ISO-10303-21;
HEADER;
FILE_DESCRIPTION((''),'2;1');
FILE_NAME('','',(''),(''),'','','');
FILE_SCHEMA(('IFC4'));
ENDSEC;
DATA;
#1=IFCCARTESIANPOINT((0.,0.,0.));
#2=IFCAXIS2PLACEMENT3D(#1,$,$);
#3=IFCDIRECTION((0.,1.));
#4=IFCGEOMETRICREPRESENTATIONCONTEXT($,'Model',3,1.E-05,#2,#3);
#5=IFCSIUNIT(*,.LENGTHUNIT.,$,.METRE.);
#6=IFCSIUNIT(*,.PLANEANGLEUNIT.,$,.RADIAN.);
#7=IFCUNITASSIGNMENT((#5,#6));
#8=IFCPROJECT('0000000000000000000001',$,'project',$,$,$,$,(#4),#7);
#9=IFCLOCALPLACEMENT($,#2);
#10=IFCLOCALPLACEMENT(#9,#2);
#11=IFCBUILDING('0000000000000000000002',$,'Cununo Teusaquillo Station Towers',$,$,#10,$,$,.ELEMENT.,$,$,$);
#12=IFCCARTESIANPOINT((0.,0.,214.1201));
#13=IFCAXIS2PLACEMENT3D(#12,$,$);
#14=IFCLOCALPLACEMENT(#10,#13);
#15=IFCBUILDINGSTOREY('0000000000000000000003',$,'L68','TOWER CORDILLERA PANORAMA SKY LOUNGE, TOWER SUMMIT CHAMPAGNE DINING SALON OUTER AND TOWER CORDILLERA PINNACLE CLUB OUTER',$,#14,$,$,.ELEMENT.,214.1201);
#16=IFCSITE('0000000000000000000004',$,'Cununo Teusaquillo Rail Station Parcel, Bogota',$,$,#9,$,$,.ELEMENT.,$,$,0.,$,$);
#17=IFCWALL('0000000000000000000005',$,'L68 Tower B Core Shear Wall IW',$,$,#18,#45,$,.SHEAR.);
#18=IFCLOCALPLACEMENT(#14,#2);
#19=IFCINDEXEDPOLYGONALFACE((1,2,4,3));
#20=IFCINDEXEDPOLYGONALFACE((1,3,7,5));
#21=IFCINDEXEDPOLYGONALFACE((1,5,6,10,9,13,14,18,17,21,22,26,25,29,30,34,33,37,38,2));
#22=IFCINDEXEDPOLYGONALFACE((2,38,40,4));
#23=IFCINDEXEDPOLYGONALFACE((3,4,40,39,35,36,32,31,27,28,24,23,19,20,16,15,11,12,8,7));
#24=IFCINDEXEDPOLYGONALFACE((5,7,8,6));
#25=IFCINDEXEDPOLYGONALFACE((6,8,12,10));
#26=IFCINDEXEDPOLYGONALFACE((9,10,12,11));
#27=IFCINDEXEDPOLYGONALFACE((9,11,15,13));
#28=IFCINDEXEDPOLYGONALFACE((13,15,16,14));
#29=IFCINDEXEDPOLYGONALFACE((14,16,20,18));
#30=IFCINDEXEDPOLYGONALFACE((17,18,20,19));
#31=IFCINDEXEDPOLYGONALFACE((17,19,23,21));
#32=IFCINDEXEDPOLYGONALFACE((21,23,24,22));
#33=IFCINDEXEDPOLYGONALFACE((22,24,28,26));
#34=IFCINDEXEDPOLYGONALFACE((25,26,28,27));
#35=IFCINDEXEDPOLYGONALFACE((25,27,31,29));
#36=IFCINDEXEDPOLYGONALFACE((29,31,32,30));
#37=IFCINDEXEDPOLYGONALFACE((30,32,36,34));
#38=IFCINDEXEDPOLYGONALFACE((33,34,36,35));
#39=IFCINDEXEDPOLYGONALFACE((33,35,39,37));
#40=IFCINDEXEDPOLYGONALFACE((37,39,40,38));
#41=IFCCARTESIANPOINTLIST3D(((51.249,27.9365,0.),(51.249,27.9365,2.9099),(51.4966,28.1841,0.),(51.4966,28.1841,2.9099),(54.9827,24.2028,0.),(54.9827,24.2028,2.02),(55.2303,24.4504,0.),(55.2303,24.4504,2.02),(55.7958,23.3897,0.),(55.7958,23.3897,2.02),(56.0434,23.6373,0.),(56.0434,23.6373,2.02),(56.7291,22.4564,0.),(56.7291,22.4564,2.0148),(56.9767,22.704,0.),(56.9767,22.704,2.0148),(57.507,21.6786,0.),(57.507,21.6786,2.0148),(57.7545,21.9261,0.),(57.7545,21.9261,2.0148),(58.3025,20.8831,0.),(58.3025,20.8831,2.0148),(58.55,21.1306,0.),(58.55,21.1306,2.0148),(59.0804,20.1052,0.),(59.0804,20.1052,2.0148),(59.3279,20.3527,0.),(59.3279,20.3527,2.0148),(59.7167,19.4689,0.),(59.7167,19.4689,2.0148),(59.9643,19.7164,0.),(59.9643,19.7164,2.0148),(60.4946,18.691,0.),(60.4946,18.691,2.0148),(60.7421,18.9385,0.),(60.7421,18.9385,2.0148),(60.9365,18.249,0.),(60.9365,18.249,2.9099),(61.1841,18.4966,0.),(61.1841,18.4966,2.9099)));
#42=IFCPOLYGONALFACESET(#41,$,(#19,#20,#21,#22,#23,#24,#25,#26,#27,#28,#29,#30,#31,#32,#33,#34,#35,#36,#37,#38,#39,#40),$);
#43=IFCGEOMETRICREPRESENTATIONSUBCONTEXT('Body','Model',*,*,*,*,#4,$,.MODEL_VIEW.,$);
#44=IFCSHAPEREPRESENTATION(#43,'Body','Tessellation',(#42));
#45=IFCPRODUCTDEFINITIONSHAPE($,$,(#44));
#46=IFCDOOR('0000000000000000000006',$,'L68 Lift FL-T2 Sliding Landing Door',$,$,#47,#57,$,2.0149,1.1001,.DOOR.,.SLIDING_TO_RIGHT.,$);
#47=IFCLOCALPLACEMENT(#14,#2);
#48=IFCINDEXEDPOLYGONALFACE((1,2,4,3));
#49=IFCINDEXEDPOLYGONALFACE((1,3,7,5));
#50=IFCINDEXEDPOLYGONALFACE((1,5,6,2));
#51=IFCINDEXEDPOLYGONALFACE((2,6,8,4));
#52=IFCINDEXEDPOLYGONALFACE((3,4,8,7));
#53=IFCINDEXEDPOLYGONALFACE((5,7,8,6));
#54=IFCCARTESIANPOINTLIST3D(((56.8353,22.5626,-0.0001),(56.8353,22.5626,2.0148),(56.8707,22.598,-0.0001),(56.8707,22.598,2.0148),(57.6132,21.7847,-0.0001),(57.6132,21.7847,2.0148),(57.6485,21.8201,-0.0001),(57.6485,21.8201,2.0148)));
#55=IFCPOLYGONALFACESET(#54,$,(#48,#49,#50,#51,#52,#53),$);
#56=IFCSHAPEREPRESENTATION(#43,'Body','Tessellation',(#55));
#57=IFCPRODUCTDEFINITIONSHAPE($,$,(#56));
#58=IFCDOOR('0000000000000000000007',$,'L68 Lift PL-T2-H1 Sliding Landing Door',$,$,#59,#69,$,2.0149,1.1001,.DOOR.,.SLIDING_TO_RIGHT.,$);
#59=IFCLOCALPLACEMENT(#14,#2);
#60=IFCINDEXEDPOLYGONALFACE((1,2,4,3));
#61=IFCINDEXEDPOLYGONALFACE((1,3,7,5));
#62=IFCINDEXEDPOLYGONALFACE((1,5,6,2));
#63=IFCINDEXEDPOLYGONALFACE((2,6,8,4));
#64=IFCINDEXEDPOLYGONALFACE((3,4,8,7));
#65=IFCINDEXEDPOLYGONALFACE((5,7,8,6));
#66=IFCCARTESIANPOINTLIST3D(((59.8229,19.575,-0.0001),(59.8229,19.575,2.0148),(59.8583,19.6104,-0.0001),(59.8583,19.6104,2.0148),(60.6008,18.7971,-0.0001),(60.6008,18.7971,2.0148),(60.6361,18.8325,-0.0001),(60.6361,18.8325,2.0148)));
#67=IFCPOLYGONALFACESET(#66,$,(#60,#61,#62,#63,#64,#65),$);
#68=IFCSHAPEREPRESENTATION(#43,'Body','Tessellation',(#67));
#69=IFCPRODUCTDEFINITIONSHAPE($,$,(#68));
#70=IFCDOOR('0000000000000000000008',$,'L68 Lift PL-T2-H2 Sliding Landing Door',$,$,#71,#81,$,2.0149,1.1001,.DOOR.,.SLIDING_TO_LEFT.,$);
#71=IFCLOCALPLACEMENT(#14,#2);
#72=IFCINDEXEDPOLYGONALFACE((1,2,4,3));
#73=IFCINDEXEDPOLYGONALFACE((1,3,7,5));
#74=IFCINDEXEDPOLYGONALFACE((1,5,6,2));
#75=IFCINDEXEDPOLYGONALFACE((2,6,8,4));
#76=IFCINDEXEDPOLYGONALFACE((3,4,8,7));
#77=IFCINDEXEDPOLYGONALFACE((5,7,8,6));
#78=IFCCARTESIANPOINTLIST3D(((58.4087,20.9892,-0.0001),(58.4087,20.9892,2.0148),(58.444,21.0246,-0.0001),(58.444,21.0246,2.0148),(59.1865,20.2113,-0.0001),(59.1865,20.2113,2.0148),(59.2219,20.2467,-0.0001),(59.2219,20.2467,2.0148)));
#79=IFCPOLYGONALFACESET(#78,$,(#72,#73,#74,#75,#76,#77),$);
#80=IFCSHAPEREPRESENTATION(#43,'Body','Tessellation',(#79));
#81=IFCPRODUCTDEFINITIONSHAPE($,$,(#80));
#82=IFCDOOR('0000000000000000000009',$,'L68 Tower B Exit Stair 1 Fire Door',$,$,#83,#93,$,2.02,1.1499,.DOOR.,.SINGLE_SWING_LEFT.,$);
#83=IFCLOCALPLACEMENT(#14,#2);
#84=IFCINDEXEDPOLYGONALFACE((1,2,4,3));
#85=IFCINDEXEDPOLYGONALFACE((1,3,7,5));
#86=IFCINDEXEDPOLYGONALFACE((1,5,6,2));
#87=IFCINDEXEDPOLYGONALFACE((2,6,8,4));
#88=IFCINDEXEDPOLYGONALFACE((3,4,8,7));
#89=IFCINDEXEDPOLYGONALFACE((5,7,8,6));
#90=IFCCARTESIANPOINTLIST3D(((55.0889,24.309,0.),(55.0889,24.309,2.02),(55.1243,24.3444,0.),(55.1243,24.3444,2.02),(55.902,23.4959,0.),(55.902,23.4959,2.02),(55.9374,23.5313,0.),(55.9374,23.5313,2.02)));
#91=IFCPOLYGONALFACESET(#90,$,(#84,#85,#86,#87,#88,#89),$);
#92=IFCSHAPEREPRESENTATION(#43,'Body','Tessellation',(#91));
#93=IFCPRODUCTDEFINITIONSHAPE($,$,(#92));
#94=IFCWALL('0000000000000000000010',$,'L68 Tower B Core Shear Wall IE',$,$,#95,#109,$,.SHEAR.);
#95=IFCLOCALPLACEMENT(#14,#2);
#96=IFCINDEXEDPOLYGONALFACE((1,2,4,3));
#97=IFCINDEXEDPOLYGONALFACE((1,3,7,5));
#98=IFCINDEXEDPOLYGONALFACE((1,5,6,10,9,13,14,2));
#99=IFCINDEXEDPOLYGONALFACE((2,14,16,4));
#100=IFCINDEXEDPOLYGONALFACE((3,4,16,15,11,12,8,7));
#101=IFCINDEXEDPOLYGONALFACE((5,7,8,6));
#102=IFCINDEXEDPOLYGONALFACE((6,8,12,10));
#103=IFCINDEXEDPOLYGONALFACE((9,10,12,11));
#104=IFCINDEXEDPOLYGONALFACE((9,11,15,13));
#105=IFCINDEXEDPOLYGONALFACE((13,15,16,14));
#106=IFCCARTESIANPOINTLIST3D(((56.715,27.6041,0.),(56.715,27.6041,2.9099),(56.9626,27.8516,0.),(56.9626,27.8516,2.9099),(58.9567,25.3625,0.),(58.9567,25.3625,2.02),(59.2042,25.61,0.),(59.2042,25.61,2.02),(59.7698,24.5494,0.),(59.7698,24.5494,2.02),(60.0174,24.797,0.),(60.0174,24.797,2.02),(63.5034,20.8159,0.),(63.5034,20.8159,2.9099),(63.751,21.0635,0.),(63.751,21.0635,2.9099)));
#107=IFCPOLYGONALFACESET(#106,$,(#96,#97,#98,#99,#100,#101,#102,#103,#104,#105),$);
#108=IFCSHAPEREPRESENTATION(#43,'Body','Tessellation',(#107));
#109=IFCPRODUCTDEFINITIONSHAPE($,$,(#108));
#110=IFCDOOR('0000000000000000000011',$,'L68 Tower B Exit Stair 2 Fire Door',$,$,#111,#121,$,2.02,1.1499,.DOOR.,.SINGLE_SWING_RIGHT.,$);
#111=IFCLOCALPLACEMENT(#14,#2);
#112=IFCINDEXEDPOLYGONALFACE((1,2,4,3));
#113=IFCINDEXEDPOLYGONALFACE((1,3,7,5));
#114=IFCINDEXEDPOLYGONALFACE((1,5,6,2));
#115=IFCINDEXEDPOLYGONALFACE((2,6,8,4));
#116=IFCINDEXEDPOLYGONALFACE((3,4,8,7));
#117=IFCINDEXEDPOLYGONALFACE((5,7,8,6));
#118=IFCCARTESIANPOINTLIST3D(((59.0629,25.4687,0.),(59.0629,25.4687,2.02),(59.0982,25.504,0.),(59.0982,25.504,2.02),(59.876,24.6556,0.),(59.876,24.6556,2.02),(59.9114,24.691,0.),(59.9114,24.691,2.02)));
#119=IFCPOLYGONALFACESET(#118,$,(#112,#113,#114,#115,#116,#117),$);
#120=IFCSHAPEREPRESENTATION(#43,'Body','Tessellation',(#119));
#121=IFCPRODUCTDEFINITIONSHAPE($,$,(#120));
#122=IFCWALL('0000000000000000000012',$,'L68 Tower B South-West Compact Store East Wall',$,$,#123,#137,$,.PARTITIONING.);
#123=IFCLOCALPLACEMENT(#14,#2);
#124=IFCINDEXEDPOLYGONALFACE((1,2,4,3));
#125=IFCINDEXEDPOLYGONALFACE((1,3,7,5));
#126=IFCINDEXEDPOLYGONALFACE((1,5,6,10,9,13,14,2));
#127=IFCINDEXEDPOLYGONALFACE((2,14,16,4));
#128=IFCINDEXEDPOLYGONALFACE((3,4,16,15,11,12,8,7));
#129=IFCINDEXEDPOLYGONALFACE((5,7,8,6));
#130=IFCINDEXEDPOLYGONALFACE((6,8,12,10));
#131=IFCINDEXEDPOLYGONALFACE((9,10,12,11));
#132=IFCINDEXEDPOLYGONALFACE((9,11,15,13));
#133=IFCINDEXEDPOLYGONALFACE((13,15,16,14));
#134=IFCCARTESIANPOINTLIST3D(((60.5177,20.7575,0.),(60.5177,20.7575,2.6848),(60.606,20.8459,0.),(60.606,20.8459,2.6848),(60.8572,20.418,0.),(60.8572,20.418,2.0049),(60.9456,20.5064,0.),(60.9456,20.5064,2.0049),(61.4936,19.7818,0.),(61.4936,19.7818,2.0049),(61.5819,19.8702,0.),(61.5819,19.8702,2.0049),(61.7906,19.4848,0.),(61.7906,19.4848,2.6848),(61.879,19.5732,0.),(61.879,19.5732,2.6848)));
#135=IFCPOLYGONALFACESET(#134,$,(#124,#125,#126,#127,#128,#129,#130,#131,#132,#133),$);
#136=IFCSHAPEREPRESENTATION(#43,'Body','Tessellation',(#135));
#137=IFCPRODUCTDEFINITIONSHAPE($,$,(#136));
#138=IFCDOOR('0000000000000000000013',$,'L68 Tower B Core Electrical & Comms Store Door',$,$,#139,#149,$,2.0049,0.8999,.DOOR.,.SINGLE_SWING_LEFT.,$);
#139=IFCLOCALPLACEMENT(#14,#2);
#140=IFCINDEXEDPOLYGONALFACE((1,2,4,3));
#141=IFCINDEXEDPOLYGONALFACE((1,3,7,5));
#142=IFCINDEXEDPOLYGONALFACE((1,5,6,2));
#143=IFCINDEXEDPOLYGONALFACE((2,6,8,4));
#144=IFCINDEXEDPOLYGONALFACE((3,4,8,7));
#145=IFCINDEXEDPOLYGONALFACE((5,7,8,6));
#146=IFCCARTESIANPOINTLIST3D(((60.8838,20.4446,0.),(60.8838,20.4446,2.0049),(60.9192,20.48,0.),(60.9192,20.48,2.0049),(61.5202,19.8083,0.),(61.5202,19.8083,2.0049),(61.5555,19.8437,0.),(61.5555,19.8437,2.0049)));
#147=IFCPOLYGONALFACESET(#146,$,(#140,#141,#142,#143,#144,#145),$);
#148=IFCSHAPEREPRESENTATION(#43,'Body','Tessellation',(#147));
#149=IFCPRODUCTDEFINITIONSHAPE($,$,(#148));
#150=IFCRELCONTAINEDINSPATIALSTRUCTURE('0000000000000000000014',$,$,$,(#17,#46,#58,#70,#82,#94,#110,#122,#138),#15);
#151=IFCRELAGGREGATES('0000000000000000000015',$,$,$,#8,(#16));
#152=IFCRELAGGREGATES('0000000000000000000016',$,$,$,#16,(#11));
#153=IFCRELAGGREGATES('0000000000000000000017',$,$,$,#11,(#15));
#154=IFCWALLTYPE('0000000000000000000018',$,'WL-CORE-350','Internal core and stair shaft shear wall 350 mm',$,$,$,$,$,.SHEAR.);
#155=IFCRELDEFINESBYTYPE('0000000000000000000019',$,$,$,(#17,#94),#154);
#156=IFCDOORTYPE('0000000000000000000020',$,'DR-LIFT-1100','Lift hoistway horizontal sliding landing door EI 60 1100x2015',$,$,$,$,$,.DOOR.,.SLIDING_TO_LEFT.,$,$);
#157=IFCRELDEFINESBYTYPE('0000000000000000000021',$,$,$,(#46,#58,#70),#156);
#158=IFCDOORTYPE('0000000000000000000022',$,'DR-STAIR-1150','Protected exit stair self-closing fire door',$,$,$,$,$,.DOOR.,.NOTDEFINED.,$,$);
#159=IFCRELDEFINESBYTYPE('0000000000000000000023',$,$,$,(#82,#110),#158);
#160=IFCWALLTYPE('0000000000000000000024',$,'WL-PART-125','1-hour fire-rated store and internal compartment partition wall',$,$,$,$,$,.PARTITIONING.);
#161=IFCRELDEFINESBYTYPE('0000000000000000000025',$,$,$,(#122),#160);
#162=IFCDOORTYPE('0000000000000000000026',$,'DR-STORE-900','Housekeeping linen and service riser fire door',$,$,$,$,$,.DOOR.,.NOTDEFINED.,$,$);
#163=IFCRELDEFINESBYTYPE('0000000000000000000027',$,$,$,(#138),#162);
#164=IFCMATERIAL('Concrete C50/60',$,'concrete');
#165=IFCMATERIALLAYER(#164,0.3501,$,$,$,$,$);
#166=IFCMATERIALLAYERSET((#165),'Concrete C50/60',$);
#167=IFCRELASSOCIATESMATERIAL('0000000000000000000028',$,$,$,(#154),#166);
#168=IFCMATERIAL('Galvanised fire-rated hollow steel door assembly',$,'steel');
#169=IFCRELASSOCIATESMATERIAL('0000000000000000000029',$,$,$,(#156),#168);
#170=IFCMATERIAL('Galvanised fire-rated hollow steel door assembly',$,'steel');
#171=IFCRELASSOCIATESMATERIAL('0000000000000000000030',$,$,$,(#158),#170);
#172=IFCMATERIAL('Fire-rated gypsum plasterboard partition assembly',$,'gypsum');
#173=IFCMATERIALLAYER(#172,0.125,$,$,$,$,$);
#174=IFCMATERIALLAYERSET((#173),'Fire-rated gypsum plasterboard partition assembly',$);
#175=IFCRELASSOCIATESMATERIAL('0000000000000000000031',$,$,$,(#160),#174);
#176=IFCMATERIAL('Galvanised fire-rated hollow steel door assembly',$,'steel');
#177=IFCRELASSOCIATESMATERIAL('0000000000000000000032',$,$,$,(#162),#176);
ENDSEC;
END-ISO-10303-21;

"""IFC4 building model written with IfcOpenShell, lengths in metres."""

from ifc_helpers import new_model, si_unit, direction, frame, frame_2d, origin, place, context, subcontext, project, spatial, rectangle, extrude, source, transform, mapped, material, layer, layer_set, type_object, element, fill, save


model = new_model("IFC4")

# Units and contexts
model_context = context("Model", 3, precision=1e-05, world=origin(), true_north=direction((0.0, 1.0)))
body_context = subcontext(model_context, "Body", "Model", "MODEL_VIEW")
ifc_project = project(units=[si_unit("LENGTHUNIT", "METRE"), si_unit("PLANEANGLEUNIT", "RADIAN")], contexts=[model_context])

# Site, building, storey
site_placement = place(None, origin())
site = spatial("IfcSite", under=ifc_project, at=site_placement, Name="Cununo Teusaquillo Rail Station Parcel, Bogota", CompositionType="ELEMENT", RefElevation=0.0)
building_placement = place(site_placement, origin())
building = spatial("IfcBuilding", under=site, at=building_placement, Name="Cununo Teusaquillo Station Towers", CompositionType="ELEMENT")
storey_placement = place(building_placement, frame((0.0, 0.0, 214.1201)))
storey = spatial("IfcBuildingStorey", under=building, at=storey_placement, Name="L68", Description="TOWER CORDILLERA PANORAMA SKY LOUNGE, TOWER SUMMIT CHAMPAGNE DINING SALON OUTER AND TOWER CORDILLERA PINNACLE CLUB OUTER", CompositionType="ELEMENT", Elevation=214.1201)

# Wall, openings, doors
ifc_material_1 = material(Name="Concrete C50/60", Category="concrete")
ifc_layer_1 = layer(ifc_material_1, 0.3501)
ifc_layer_set_1 = layer_set([ifc_layer_1], Name="Concrete C50/60")
wall_type_1 = type_object("IfcWallType", Name="WL-CORE-350", Description="Internal core and stair shaft shear wall 350 mm", PredefinedType="SHEAR", material=ifc_layer_set_1)
wall_1_placement = place(storey_placement, frame((61.0603, 18.3728, 0.0), z_axis=(0.0, 0.0, 1.0), x_axis=(-0.707107, 0.707107, 0.0)))
wall_1 = element("IfcWall", 1, at=wall_1_placement, inside=storey, type_object=wall_type_1, Name="L68 Tower B Core Shear Wall IW", PredefinedType="SHEAR", context=body_context, shape_type="SweptSolid", body=[
    extrude(rectangle(XDim=13.7002, YDim=0.3501, at=frame_2d((6.8501, 0.0))), origin(), (0.0, 0.0, 1.0), 2.9099),
])
shared_shape_1 = source(origin(), body_context, "Body", "SweptSolid", [
    extrude(rectangle(XDim=1.1001, YDim=2.0149, at=frame_2d((0.55, 1.0073))), frame((0.0, 0.1851, 0.0), z_axis=(0.0, -1.0, 0.0), x_axis=(1.0, 0.0, 0.0)), (0.0, 0.0, 1.0), 0.3701),
])
opening_1_placement = place(wall_1_placement, frame((4.8501, 0.0, 0.0)))
opening_1 = element("IfcOpeningElement", 2, at=opening_1_placement, cuts=wall_1, PredefinedType="OPENING", context=body_context, shape_type="MappedRepresentation", body=[
    mapped(shared_shape_1, transform((0.0, 0.0, 0.0), x_axis=(1.0, 0.0, 0.0), y_axis=(0.0, 1.0, 0.0), z_axis=(0.0, 0.0, 1.0), scale=1.0)),
])
opening_2_placement = place(wall_1_placement, frame((0.625, 0.0, 0.0)))
opening_2 = element("IfcOpeningElement", 3, at=opening_2_placement, cuts=wall_1, PredefinedType="OPENING", context=body_context, shape_type="MappedRepresentation", body=[
    mapped(shared_shape_1, transform((0.0, 0.0, 0.0), x_axis=(1.0, 0.0, 0.0), y_axis=(0.0, 1.0, 0.0), z_axis=(0.0, 0.0, 1.0), scale=1.0)),
])
opening_3_placement = place(wall_1_placement, frame((2.625, 0.0, 0.0)))
opening_3 = element("IfcOpeningElement", 4, at=opening_3_placement, cuts=wall_1, PredefinedType="OPENING", context=body_context, shape_type="MappedRepresentation", body=[
    mapped(shared_shape_1, transform((0.0, 0.0, 0.0), x_axis=(1.0, 0.0, 0.0), y_axis=(0.0, 1.0, 0.0), z_axis=(0.0, 0.0, 1.0), scale=1.0)),
])
shared_shape_2 = source(origin(), body_context, "Body", "SweptSolid", [
    extrude(rectangle(XDim=1.1499, YDim=2.02, at=frame_2d((0.575, 1.01))), frame((0.0, 0.1851, 0.0), z_axis=(0.0, -1.0, 0.0), x_axis=(1.0, 0.0, 0.0)), (0.0, 0.0, 1.0), 0.3701),
])
opening_4_placement = place(wall_1_placement, frame((7.27, 0.0, 0.0)))
opening_4 = element("IfcOpeningElement", 5, at=opening_4_placement, cuts=wall_1, PredefinedType="OPENING", context=body_context, shape_type="MappedRepresentation", body=[
    mapped(shared_shape_2, transform((0.0, 0.0, 0.0), x_axis=(1.0, 0.0, 0.0), y_axis=(0.0, 1.0, 0.0), z_axis=(0.0, 0.0, 1.0), scale=1.0)),
])
ifc_material_2 = material(Name="Galvanised fire-rated hollow steel door assembly", Category="steel")
door_type_1 = type_object("IfcDoorType", Name="DR-LIFT-1100", Description="Lift hoistway horizontal sliding landing door EI 60 1100x2015", OperationType="SLIDING_TO_LEFT", PredefinedType="DOOR", material=ifc_material_2)
shared_shape_3 = source(origin(), body_context, "Body", "SweptSolid", [
    extrude(rectangle(XDim=1.1001, YDim=2.0149, at=frame_2d((0.55, 1.0073))), frame((0.0, 0.0249, 0.0), z_axis=(0.0, -1.0, 0.0), x_axis=(1.0, 0.0, 0.0)), (0.0, 0.0, 1.0), 0.05),
])
door_1_placement = place(opening_1_placement, origin())
door_1 = element("IfcDoor", 6, at=door_1_placement, inside=storey, type_object=door_type_1, Name="L68 Lift FL-T2 Sliding Landing Door", OperationType="SLIDING_TO_RIGHT", OverallHeight=2.0149, OverallWidth=1.1001, PredefinedType="DOOR", context=body_context, shape_type="MappedRepresentation", body=[
    mapped(shared_shape_3, transform((0.0, 0.0, 0.0), x_axis=(1.0, 0.0, 0.0), y_axis=(0.0, 1.0, 0.0), z_axis=(0.0, 0.0, 1.0), scale=1.0)),
])
fill(opening_1, door_1)
door_2_placement = place(opening_2_placement, origin())
door_2 = element("IfcDoor", 7, at=door_2_placement, inside=storey, type_object=door_type_1, Name="L68 Lift PL-T2-H1 Sliding Landing Door", OperationType="SLIDING_TO_RIGHT", OverallHeight=2.0149, OverallWidth=1.1001, PredefinedType="DOOR", context=body_context, shape_type="MappedRepresentation", body=[
    mapped(shared_shape_3, transform((0.0, 0.0, 0.0), x_axis=(1.0, 0.0, 0.0), y_axis=(0.0, 1.0, 0.0), z_axis=(0.0, 0.0, 1.0), scale=1.0)),
])
fill(opening_2, door_2)
door_3_placement = place(opening_3_placement, origin())
door_3 = element("IfcDoor", 8, at=door_3_placement, inside=storey, type_object=door_type_1, Name="L68 Lift PL-T2-H2 Sliding Landing Door", OperationType="SLIDING_TO_LEFT", OverallHeight=2.0149, OverallWidth=1.1001, PredefinedType="DOOR", context=body_context, shape_type="MappedRepresentation", body=[
    mapped(shared_shape_3, transform((0.0, 0.0, 0.0), x_axis=(1.0, 0.0, 0.0), y_axis=(0.0, 1.0, 0.0), z_axis=(0.0, 0.0, 1.0), scale=1.0)),
])
fill(opening_3, door_3)
ifc_material_3 = material(Name="Galvanised fire-rated hollow steel door assembly", Category="steel")
door_type_2 = type_object("IfcDoorType", Name="DR-STAIR-1150", Description="Protected exit stair self-closing fire door", OperationType="NOTDEFINED", PredefinedType="DOOR", material=ifc_material_3)
shared_shape_4 = source(origin(), body_context, "Body", "SweptSolid", [
    extrude(rectangle(XDim=1.1499, YDim=2.02, at=frame_2d((0.575, 1.01))), frame((0.0, 0.0249, 0.0), z_axis=(0.0, -1.0, 0.0), x_axis=(1.0, 0.0, 0.0)), (0.0, 0.0, 1.0), 0.05),
])
door_4_placement = place(opening_4_placement, origin())
door_4 = element("IfcDoor", 9, at=door_4_placement, inside=storey, type_object=door_type_2, Name="L68 Tower B Exit Stair 1 Fire Door", OperationType="SINGLE_SWING_LEFT", OverallHeight=2.02, OverallWidth=1.1499, PredefinedType="DOOR", context=body_context, shape_type="MappedRepresentation", body=[
    mapped(shared_shape_4, transform((0.0, 0.0, 0.0), x_axis=(1.0, 0.0, 0.0), y_axis=(0.0, 1.0, 0.0), z_axis=(0.0, 0.0, 1.0), scale=1.0)),
])
fill(opening_4, door_4)

# Walls, openings, doors
wall_2_placement = place(storey_placement, frame((63.6272, 20.9397, 0.0), z_axis=(0.0, 0.0, 1.0), x_axis=(-0.707119, 0.707094, 0.0)))
wall_2 = element("IfcWall", 10, at=wall_2_placement, inside=storey, type_object=wall_type_1, Name="L68 Tower B Core Shear Wall IE", PredefinedType="SHEAR", context=body_context, shape_type="SweptSolid", body=[
    extrude(rectangle(XDim=9.6001, YDim=0.3501, at=frame_2d((4.8, 0.0))), origin(), (0.0, 0.0, 1.0), 2.9099),
])
opening_5_placement = place(wall_2_placement, frame((5.28, 0.0, 0.0)))
opening_5 = element("IfcOpeningElement", 11, at=opening_5_placement, cuts=wall_2, PredefinedType="OPENING", context=body_context, shape_type="MappedRepresentation", body=[
    mapped(shared_shape_2, transform((0.0, 0.0, 0.0), x_axis=(1.0, 0.0, 0.0), y_axis=(0.0, 1.0, 0.0), z_axis=(0.0, 0.0, 1.0), scale=1.0)),
])
door_5_placement = place(opening_5_placement, origin())
door_5 = element("IfcDoor", 12, at=door_5_placement, inside=storey, type_object=door_type_2, Name="L68 Tower B Exit Stair 2 Fire Door", OperationType="SINGLE_SWING_RIGHT", OverallHeight=2.02, OverallWidth=1.1499, PredefinedType="DOOR", context=body_context, shape_type="MappedRepresentation", body=[
    mapped(shared_shape_4, transform((0.0, 0.0, 0.0), x_axis=(1.0, 0.0, 0.0), y_axis=(0.0, 1.0, 0.0), z_axis=(0.0, 0.0, 1.0), scale=1.0)),
])
fill(opening_5, door_5)
ifc_material_4 = material(Name="Fire-rated gypsum plasterboard partition assembly", Category="gypsum")
ifc_layer_2 = layer(ifc_material_4, 0.125)
ifc_layer_set_2 = layer_set([ifc_layer_2], Name="Fire-rated gypsum plasterboard partition assembly")
wall_type_2 = type_object("IfcWallType", Name="WL-PART-125", Description="1-hour fire-rated store and internal compartment partition wall", PredefinedType="PARTITIONING", material=ifc_layer_set_2)
wall_3_placement = place(storey_placement, frame((61.8347, 19.5291, 0.0), z_axis=(0.0, 0.0, 1.0), x_axis=(-0.707175, 0.707039, 0.0)))
wall_3 = element("IfcWall", 13, at=wall_3_placement, inside=storey, type_object=wall_type_2, Name="L68 Tower B South-West Compact Store East Wall", PredefinedType="PARTITIONING", context=body_context, shape_type="SweptSolid", body=[
    extrude(rectangle(XDim=1.8, YDim=0.125, at=frame_2d((0.8999, 0.0))), origin(), (0.0, 0.0, 1.0), 2.6848),
])
shared_shape_5 = source(origin(), body_context, "Body", "SweptSolid", [
    extrude(rectangle(XDim=0.8999, YDim=2.0049, at=frame_2d((0.45, 1.0024))), frame((0.0, 0.0725, 0.0), z_axis=(0.0, -1.0, 0.0), x_axis=(1.0, 0.0, 0.0)), (0.0, 0.0, 1.0), 0.145),
])
opening_6_placement = place(wall_3_placement, frame((0.4199, 0.0, 0.0)))
opening_6 = element("IfcOpeningElement", 14, at=opening_6_placement, cuts=wall_3, PredefinedType="OPENING", context=body_context, shape_type="MappedRepresentation", body=[
    mapped(shared_shape_5, transform((0.0, 0.0, 0.0), x_axis=(1.0, 0.0, 0.0), y_axis=(0.0, 1.0, 0.0), z_axis=(0.0, 0.0, 1.0), scale=1.0)),
])
ifc_material_5 = material(Name="Galvanised fire-rated hollow steel door assembly", Category="steel")
door_type_3 = type_object("IfcDoorType", Name="DR-STORE-900", Description="Housekeeping linen and service riser fire door", OperationType="NOTDEFINED", PredefinedType="DOOR", material=ifc_material_5)
shared_shape_6 = source(origin(), body_context, "Body", "SweptSolid", [
    extrude(rectangle(XDim=0.8999, YDim=2.0049, at=frame_2d((0.45, 1.0024))), frame((0.0, 0.0249, 0.0), z_axis=(0.0, -1.0, 0.0), x_axis=(1.0, 0.0, 0.0)), (0.0, 0.0, 1.0), 0.05),
])
door_6_placement = place(opening_6_placement, origin())
door_6 = element("IfcDoor", 15, at=door_6_placement, inside=storey, type_object=door_type_3, Name="L68 Tower B Core Electrical & Comms Store Door", OperationType="SINGLE_SWING_LEFT", OverallHeight=2.0049, OverallWidth=0.8999, PredefinedType="DOOR", context=body_context, shape_type="MappedRepresentation", body=[
    mapped(shared_shape_6, transform((0.0, 0.0, 0.0), x_axis=(1.0, 0.0, 0.0), y_axis=(0.0, 1.0, 0.0), z_axis=(0.0, 0.0, 1.0), scale=1.0)),
])
fill(opening_6, door_6)

save(model, "model.ifc")
